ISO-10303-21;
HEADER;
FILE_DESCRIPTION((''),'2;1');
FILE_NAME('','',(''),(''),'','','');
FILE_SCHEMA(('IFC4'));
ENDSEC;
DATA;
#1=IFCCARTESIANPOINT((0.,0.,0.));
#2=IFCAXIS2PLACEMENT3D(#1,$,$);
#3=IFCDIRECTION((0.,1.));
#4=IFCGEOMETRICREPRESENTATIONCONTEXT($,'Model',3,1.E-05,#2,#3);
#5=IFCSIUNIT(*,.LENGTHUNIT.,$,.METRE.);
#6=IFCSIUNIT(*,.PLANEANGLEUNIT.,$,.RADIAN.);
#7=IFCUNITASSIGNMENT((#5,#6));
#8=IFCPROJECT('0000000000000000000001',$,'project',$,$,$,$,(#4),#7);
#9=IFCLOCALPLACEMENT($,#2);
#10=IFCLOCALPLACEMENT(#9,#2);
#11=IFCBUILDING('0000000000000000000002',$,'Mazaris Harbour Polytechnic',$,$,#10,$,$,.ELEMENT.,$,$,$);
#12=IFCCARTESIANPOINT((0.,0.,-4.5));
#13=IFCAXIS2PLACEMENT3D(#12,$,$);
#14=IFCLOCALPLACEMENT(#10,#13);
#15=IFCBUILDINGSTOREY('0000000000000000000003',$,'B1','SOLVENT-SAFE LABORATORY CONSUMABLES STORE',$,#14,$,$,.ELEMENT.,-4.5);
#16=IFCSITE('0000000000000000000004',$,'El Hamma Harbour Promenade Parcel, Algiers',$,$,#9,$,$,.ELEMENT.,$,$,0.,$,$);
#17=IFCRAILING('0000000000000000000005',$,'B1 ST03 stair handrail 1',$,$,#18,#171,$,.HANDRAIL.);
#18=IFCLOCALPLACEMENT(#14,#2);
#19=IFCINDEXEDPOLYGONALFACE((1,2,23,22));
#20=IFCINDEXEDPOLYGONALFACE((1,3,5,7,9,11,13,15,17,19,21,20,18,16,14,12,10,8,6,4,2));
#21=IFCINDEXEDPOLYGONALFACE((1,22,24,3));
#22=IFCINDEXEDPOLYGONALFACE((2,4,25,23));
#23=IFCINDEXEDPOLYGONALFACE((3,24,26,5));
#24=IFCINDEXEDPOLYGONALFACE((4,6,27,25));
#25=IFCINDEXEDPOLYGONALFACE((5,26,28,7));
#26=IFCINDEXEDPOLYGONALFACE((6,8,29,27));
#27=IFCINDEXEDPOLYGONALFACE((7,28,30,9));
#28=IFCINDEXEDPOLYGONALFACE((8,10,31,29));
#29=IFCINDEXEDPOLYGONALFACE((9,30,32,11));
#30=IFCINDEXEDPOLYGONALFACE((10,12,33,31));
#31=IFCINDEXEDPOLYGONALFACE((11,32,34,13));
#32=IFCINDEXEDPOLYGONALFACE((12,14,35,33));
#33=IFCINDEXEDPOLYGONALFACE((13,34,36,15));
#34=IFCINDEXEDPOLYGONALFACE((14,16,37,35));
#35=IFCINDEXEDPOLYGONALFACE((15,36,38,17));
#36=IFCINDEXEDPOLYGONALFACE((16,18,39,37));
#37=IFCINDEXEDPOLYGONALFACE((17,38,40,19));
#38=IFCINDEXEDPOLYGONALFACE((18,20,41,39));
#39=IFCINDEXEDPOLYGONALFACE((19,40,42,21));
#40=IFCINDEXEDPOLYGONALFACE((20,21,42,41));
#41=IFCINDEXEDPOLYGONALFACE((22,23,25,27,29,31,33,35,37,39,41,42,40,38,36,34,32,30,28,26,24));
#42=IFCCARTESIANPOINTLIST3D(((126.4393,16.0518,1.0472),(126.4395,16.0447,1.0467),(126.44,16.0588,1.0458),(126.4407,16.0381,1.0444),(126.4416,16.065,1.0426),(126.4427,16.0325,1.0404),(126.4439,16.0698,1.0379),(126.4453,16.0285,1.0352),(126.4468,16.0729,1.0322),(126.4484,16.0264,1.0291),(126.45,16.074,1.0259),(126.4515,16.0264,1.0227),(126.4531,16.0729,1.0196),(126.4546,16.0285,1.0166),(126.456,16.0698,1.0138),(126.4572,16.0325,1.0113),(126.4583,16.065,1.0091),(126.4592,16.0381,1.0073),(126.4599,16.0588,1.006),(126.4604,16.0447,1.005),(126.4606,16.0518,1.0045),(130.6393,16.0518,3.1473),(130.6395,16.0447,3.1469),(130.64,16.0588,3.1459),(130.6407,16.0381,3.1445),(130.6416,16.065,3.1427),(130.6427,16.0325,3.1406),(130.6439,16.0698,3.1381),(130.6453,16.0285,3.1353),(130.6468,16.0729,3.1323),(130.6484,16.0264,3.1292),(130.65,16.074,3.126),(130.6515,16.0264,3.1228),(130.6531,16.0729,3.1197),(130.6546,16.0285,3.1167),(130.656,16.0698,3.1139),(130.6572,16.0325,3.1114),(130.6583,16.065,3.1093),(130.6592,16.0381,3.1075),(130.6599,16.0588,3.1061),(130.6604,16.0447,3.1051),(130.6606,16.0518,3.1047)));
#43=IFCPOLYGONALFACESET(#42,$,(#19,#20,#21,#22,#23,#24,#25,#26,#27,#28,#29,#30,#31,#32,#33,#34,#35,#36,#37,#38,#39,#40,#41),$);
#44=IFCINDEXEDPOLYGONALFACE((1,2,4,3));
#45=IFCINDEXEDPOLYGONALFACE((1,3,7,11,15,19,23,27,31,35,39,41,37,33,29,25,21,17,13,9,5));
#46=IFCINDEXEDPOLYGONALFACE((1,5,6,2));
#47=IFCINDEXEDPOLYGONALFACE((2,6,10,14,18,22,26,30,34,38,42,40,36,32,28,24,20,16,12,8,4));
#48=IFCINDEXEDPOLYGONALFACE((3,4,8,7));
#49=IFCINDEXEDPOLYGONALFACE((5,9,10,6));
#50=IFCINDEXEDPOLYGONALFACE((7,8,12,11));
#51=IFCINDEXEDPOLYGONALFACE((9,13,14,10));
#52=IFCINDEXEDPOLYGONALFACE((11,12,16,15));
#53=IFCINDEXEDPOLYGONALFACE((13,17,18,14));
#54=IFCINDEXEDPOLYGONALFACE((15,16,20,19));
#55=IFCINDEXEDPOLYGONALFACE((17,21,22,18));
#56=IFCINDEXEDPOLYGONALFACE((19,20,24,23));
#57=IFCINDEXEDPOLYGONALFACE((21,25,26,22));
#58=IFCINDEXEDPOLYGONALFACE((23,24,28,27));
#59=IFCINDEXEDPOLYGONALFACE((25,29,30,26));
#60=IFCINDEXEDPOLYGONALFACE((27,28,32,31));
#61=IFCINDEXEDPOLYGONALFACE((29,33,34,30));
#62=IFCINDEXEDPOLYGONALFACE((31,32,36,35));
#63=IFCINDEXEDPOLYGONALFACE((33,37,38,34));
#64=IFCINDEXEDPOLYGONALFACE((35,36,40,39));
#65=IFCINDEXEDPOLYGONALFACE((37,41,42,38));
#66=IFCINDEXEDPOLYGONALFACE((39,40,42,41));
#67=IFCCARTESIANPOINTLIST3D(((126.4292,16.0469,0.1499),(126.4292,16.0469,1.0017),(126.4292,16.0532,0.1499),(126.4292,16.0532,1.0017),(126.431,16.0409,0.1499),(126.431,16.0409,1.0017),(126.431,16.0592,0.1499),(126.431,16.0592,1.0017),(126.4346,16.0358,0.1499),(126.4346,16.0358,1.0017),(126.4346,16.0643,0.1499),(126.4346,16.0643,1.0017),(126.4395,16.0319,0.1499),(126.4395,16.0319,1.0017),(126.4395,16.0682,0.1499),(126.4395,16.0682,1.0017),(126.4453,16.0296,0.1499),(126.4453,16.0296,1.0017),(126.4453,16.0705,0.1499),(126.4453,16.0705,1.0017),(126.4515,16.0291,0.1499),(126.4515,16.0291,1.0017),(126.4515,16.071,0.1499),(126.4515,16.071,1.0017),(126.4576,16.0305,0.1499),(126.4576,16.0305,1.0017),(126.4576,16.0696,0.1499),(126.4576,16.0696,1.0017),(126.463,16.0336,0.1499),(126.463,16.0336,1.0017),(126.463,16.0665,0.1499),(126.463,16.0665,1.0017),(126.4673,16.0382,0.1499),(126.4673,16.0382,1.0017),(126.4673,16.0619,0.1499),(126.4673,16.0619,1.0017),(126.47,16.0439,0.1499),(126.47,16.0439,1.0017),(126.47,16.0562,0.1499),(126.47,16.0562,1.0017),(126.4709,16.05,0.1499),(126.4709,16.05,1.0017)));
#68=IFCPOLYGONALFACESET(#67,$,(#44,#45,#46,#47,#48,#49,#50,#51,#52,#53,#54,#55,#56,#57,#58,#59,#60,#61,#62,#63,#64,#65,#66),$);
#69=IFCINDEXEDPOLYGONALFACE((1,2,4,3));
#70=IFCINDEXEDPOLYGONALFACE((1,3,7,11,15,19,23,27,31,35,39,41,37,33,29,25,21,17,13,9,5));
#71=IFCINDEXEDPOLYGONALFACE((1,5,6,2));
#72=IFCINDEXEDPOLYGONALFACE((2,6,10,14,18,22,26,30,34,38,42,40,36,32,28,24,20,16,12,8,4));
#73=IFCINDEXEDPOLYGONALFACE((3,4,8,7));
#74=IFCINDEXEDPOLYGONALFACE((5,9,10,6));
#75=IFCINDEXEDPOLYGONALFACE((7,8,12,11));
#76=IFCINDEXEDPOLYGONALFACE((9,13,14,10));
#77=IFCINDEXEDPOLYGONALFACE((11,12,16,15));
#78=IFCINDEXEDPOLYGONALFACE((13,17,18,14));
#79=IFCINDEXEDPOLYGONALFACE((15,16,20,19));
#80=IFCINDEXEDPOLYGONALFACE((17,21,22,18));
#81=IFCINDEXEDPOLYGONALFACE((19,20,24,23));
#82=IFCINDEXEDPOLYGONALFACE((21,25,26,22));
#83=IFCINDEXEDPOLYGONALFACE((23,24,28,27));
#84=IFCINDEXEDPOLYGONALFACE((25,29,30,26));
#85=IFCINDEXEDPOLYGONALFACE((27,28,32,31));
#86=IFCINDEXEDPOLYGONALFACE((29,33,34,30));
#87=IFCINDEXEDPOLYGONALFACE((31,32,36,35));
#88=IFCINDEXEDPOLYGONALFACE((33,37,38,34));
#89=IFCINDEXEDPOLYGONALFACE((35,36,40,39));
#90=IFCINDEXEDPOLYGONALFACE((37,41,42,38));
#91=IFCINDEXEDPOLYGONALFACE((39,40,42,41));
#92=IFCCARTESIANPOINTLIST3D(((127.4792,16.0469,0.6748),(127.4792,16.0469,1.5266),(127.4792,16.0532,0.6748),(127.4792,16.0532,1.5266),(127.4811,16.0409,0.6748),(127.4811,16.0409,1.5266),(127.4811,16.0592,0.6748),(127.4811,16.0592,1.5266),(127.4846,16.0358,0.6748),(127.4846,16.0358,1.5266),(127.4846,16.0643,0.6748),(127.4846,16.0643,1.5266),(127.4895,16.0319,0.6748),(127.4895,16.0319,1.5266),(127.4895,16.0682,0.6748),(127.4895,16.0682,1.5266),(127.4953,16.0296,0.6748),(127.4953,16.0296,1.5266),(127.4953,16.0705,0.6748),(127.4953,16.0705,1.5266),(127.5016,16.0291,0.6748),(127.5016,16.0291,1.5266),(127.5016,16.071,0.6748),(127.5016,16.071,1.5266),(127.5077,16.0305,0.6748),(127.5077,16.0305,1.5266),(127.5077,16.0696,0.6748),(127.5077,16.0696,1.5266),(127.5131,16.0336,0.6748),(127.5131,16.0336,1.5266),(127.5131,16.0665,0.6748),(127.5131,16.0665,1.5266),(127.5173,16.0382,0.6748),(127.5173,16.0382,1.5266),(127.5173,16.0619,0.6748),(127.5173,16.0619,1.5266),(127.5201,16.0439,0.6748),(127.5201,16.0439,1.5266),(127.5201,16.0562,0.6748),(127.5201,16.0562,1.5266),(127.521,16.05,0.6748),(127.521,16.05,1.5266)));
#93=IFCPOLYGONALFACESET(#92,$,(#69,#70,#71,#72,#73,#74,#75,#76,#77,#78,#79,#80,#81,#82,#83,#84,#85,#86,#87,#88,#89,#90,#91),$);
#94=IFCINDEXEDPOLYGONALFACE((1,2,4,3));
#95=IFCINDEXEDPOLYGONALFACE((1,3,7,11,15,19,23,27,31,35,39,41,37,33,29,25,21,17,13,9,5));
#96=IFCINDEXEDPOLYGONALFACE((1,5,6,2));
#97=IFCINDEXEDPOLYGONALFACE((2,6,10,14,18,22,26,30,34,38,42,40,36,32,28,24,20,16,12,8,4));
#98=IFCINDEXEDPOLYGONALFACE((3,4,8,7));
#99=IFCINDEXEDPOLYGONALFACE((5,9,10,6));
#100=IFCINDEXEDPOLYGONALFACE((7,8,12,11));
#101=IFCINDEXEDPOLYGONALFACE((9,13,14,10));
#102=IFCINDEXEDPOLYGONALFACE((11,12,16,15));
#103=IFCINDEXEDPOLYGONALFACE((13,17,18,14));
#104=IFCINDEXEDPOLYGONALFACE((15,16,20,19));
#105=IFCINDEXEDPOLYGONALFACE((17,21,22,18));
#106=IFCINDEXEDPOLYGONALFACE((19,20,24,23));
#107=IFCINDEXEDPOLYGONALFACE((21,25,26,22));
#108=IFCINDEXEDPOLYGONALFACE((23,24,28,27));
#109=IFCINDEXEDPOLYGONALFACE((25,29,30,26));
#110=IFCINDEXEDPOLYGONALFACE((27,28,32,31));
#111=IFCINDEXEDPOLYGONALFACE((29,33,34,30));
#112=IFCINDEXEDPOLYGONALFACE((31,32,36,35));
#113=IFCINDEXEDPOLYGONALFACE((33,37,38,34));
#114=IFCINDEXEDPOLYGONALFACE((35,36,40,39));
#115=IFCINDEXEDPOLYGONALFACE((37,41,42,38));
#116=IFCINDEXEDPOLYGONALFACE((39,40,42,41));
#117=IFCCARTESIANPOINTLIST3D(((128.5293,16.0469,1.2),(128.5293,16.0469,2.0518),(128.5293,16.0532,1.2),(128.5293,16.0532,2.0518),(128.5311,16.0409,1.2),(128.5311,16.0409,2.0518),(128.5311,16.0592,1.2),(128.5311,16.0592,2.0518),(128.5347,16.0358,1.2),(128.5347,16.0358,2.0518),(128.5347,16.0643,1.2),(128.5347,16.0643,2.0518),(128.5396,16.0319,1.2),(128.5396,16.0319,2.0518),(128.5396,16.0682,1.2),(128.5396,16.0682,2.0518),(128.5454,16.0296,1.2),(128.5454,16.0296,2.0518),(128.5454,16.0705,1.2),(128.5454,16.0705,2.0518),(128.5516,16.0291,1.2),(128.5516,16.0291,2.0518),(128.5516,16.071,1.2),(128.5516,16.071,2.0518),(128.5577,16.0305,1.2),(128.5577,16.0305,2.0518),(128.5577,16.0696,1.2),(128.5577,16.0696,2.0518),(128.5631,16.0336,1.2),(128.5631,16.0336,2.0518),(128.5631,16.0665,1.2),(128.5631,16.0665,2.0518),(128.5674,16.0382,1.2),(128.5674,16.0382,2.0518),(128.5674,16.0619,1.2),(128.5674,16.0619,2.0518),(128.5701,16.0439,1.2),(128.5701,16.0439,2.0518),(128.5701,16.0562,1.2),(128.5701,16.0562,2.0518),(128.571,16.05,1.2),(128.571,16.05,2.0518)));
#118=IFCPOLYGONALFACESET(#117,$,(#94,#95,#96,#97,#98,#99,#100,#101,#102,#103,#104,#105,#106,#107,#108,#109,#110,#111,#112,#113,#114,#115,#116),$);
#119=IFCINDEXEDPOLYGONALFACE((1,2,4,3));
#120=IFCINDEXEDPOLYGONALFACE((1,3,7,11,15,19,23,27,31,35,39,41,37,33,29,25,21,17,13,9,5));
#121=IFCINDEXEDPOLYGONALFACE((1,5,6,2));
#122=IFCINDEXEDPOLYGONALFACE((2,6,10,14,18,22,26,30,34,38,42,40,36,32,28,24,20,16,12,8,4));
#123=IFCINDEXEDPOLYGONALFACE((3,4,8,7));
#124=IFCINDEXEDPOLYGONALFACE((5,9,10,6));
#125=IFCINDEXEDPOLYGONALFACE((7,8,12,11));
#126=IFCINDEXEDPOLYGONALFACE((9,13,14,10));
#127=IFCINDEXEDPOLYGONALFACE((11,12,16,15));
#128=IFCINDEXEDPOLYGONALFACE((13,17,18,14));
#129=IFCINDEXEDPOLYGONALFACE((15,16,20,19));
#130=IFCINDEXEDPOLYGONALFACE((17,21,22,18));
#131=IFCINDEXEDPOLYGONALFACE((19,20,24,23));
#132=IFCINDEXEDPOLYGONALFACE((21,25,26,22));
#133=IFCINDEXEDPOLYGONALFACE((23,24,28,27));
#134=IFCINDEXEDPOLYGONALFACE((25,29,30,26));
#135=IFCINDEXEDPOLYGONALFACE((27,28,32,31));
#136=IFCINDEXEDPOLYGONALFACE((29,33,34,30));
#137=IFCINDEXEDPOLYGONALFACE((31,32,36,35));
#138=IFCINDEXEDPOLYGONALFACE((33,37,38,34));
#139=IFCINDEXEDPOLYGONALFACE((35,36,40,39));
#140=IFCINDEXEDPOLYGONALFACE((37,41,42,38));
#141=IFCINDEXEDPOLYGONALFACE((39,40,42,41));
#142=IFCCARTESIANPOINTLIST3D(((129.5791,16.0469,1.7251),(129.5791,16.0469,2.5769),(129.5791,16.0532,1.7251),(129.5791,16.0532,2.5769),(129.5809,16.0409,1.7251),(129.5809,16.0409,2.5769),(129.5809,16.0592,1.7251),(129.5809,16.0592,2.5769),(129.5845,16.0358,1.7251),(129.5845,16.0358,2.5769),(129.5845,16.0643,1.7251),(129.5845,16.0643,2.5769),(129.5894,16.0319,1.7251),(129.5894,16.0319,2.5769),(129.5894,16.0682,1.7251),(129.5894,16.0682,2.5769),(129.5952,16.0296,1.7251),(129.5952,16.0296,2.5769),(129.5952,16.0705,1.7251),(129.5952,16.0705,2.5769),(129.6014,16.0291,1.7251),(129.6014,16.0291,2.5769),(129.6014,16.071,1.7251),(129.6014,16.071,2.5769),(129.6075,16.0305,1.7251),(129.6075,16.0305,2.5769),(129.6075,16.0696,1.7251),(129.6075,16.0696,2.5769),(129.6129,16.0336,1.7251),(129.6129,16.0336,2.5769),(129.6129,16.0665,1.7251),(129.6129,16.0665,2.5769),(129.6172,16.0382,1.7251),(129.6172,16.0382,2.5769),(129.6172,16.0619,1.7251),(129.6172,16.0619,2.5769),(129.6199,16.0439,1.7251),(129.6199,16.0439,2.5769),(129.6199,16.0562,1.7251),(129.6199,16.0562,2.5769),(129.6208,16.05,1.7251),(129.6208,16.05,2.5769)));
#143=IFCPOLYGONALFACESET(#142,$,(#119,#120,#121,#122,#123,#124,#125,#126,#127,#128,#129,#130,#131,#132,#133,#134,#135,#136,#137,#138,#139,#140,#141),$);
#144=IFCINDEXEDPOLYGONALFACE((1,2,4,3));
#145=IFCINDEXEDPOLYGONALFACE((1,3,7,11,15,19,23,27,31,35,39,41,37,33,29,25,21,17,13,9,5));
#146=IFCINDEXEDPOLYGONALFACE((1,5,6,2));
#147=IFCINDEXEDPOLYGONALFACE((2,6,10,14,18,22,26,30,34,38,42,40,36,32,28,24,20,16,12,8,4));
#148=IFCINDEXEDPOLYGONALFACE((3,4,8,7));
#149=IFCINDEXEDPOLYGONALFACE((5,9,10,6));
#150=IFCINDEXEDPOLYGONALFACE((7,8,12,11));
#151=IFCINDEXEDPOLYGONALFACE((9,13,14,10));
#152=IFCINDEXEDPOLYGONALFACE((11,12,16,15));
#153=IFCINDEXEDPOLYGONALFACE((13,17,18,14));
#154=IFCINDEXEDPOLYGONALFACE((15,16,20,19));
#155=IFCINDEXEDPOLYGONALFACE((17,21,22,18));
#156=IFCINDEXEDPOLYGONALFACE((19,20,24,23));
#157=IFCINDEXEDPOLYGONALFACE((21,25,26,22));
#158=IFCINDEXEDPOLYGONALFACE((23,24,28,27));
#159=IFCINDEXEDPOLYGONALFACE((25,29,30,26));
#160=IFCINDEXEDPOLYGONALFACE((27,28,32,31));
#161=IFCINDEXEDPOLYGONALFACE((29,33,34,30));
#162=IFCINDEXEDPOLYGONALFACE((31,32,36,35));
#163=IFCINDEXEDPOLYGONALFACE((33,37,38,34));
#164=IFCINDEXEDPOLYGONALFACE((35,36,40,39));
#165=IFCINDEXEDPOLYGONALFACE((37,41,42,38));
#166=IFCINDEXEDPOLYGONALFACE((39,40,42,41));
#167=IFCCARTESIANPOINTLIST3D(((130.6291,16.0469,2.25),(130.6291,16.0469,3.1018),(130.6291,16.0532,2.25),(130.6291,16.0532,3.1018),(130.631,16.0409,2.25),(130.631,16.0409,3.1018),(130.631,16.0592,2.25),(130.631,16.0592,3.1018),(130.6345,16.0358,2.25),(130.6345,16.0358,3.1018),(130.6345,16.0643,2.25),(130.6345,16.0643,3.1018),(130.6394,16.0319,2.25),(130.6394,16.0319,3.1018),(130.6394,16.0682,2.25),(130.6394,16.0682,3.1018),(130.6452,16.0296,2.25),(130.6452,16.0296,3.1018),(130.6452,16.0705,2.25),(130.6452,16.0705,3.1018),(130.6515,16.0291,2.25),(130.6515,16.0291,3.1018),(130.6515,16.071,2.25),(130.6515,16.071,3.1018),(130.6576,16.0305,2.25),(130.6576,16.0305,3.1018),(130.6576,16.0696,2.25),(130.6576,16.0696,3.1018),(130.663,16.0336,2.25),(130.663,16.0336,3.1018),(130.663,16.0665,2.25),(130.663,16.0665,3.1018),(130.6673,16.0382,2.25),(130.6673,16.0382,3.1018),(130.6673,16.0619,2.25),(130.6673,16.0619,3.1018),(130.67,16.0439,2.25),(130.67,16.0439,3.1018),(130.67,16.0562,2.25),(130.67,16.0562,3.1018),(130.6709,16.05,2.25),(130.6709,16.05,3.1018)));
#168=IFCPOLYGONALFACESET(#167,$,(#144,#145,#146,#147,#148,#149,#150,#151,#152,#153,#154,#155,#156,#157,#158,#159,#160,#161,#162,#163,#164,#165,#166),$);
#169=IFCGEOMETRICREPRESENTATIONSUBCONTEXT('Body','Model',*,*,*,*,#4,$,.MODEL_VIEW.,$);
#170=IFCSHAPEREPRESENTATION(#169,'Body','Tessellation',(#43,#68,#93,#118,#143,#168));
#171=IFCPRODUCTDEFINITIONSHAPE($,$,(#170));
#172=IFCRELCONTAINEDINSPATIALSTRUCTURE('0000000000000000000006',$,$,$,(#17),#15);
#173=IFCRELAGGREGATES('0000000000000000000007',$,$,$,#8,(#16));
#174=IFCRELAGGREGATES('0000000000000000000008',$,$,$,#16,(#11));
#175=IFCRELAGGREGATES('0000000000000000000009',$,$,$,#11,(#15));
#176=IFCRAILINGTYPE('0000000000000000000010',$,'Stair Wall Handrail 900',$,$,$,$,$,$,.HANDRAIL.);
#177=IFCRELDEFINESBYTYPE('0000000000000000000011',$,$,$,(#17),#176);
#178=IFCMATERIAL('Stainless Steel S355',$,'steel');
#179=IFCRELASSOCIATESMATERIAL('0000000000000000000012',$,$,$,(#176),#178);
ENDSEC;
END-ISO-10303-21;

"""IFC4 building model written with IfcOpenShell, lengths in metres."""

from ifc_helpers import new_model, si_unit, direction, frame, origin, origin_2d, place, context, subcontext, project, spatial, circle, extrude, material, type_object, element, save


model = new_model("IFC4")

# Units and contexts
model_context = context("Model", 3, precision=1e-05, world=origin(), true_north=direction((0.0, 1.0)))
body_context = subcontext(model_context, "Body", "Model", "MODEL_VIEW")
ifc_project = project(units=[si_unit("LENGTHUNIT", "METRE"), si_unit("PLANEANGLEUNIT", "RADIAN")], contexts=[model_context])

# Site, building, storey
site_placement = place(None, origin())
site = spatial("IfcSite", under=ifc_project, at=site_placement, Name="El Hamma Harbour Promenade Parcel, Algiers", CompositionType="ELEMENT", RefElevation=0.0)
building_placement = place(site_placement, origin())
building = spatial("IfcBuilding", under=site, at=building_placement, Name="Mazaris Harbour Polytechnic", CompositionType="ELEMENT")
storey_placement = place(building_placement, frame((0.0, 0.0, -4.5)))
storey = spatial("IfcBuildingStorey", under=building, at=storey_placement, Name="B1", Description="SOLVENT-SAFE LABORATORY CONSUMABLES STORE", CompositionType="ELEMENT", Elevation=-4.5)

# Railing
ifc_material_1 = material(Name="Stainless Steel S355", Category="steel")
railing_type_1 = type_object("IfcRailingType", Name="Stair Wall Handrail 900", PredefinedType="HANDRAIL", material=ifc_material_1)
railing_1_placement = place(storey_placement, frame((126.45, 16.05, 0.1499)))
element("IfcRailing", 1, at=railing_1_placement, inside=storey, type_object=railing_type_1, Name="B1 ST03 stair handrail 1", PredefinedType="HANDRAIL", context=body_context, shape_type="SweptSolid", body=[
    extrude(circle(Radius=0.0239, at=origin_2d()), frame((0.0, 0.0, 0.876), z_axis=(0.894417, 0.0, 0.447234), x_axis=(0.0, 1.0, 0.0)), (0.0, 0.0, 1.0), 4.6958),
    extrude(circle(Radius=0.021, at=origin_2d()), origin(), (0.0, 0.0, 1.0), 0.8518),
    extrude(circle(Radius=0.021, at=origin_2d()), frame((1.05, 0.0, 0.5249)), (0.0, 0.0, 1.0), 0.8518),
    extrude(circle(Radius=0.021, at=origin_2d()), frame((2.1001, 0.0, 1.05)), (0.0, 0.0, 1.0), 0.8518),
    extrude(circle(Radius=0.021, at=origin_2d()), frame((3.1499, 0.0, 1.5752)), (0.0, 0.0, 1.0), 0.8518),
    extrude(circle(Radius=0.021, at=origin_2d()), frame((4.2, 0.0, 2.1001)), (0.0, 0.0, 1.0), 0.8518),
])

save(model, "model.ifc")
